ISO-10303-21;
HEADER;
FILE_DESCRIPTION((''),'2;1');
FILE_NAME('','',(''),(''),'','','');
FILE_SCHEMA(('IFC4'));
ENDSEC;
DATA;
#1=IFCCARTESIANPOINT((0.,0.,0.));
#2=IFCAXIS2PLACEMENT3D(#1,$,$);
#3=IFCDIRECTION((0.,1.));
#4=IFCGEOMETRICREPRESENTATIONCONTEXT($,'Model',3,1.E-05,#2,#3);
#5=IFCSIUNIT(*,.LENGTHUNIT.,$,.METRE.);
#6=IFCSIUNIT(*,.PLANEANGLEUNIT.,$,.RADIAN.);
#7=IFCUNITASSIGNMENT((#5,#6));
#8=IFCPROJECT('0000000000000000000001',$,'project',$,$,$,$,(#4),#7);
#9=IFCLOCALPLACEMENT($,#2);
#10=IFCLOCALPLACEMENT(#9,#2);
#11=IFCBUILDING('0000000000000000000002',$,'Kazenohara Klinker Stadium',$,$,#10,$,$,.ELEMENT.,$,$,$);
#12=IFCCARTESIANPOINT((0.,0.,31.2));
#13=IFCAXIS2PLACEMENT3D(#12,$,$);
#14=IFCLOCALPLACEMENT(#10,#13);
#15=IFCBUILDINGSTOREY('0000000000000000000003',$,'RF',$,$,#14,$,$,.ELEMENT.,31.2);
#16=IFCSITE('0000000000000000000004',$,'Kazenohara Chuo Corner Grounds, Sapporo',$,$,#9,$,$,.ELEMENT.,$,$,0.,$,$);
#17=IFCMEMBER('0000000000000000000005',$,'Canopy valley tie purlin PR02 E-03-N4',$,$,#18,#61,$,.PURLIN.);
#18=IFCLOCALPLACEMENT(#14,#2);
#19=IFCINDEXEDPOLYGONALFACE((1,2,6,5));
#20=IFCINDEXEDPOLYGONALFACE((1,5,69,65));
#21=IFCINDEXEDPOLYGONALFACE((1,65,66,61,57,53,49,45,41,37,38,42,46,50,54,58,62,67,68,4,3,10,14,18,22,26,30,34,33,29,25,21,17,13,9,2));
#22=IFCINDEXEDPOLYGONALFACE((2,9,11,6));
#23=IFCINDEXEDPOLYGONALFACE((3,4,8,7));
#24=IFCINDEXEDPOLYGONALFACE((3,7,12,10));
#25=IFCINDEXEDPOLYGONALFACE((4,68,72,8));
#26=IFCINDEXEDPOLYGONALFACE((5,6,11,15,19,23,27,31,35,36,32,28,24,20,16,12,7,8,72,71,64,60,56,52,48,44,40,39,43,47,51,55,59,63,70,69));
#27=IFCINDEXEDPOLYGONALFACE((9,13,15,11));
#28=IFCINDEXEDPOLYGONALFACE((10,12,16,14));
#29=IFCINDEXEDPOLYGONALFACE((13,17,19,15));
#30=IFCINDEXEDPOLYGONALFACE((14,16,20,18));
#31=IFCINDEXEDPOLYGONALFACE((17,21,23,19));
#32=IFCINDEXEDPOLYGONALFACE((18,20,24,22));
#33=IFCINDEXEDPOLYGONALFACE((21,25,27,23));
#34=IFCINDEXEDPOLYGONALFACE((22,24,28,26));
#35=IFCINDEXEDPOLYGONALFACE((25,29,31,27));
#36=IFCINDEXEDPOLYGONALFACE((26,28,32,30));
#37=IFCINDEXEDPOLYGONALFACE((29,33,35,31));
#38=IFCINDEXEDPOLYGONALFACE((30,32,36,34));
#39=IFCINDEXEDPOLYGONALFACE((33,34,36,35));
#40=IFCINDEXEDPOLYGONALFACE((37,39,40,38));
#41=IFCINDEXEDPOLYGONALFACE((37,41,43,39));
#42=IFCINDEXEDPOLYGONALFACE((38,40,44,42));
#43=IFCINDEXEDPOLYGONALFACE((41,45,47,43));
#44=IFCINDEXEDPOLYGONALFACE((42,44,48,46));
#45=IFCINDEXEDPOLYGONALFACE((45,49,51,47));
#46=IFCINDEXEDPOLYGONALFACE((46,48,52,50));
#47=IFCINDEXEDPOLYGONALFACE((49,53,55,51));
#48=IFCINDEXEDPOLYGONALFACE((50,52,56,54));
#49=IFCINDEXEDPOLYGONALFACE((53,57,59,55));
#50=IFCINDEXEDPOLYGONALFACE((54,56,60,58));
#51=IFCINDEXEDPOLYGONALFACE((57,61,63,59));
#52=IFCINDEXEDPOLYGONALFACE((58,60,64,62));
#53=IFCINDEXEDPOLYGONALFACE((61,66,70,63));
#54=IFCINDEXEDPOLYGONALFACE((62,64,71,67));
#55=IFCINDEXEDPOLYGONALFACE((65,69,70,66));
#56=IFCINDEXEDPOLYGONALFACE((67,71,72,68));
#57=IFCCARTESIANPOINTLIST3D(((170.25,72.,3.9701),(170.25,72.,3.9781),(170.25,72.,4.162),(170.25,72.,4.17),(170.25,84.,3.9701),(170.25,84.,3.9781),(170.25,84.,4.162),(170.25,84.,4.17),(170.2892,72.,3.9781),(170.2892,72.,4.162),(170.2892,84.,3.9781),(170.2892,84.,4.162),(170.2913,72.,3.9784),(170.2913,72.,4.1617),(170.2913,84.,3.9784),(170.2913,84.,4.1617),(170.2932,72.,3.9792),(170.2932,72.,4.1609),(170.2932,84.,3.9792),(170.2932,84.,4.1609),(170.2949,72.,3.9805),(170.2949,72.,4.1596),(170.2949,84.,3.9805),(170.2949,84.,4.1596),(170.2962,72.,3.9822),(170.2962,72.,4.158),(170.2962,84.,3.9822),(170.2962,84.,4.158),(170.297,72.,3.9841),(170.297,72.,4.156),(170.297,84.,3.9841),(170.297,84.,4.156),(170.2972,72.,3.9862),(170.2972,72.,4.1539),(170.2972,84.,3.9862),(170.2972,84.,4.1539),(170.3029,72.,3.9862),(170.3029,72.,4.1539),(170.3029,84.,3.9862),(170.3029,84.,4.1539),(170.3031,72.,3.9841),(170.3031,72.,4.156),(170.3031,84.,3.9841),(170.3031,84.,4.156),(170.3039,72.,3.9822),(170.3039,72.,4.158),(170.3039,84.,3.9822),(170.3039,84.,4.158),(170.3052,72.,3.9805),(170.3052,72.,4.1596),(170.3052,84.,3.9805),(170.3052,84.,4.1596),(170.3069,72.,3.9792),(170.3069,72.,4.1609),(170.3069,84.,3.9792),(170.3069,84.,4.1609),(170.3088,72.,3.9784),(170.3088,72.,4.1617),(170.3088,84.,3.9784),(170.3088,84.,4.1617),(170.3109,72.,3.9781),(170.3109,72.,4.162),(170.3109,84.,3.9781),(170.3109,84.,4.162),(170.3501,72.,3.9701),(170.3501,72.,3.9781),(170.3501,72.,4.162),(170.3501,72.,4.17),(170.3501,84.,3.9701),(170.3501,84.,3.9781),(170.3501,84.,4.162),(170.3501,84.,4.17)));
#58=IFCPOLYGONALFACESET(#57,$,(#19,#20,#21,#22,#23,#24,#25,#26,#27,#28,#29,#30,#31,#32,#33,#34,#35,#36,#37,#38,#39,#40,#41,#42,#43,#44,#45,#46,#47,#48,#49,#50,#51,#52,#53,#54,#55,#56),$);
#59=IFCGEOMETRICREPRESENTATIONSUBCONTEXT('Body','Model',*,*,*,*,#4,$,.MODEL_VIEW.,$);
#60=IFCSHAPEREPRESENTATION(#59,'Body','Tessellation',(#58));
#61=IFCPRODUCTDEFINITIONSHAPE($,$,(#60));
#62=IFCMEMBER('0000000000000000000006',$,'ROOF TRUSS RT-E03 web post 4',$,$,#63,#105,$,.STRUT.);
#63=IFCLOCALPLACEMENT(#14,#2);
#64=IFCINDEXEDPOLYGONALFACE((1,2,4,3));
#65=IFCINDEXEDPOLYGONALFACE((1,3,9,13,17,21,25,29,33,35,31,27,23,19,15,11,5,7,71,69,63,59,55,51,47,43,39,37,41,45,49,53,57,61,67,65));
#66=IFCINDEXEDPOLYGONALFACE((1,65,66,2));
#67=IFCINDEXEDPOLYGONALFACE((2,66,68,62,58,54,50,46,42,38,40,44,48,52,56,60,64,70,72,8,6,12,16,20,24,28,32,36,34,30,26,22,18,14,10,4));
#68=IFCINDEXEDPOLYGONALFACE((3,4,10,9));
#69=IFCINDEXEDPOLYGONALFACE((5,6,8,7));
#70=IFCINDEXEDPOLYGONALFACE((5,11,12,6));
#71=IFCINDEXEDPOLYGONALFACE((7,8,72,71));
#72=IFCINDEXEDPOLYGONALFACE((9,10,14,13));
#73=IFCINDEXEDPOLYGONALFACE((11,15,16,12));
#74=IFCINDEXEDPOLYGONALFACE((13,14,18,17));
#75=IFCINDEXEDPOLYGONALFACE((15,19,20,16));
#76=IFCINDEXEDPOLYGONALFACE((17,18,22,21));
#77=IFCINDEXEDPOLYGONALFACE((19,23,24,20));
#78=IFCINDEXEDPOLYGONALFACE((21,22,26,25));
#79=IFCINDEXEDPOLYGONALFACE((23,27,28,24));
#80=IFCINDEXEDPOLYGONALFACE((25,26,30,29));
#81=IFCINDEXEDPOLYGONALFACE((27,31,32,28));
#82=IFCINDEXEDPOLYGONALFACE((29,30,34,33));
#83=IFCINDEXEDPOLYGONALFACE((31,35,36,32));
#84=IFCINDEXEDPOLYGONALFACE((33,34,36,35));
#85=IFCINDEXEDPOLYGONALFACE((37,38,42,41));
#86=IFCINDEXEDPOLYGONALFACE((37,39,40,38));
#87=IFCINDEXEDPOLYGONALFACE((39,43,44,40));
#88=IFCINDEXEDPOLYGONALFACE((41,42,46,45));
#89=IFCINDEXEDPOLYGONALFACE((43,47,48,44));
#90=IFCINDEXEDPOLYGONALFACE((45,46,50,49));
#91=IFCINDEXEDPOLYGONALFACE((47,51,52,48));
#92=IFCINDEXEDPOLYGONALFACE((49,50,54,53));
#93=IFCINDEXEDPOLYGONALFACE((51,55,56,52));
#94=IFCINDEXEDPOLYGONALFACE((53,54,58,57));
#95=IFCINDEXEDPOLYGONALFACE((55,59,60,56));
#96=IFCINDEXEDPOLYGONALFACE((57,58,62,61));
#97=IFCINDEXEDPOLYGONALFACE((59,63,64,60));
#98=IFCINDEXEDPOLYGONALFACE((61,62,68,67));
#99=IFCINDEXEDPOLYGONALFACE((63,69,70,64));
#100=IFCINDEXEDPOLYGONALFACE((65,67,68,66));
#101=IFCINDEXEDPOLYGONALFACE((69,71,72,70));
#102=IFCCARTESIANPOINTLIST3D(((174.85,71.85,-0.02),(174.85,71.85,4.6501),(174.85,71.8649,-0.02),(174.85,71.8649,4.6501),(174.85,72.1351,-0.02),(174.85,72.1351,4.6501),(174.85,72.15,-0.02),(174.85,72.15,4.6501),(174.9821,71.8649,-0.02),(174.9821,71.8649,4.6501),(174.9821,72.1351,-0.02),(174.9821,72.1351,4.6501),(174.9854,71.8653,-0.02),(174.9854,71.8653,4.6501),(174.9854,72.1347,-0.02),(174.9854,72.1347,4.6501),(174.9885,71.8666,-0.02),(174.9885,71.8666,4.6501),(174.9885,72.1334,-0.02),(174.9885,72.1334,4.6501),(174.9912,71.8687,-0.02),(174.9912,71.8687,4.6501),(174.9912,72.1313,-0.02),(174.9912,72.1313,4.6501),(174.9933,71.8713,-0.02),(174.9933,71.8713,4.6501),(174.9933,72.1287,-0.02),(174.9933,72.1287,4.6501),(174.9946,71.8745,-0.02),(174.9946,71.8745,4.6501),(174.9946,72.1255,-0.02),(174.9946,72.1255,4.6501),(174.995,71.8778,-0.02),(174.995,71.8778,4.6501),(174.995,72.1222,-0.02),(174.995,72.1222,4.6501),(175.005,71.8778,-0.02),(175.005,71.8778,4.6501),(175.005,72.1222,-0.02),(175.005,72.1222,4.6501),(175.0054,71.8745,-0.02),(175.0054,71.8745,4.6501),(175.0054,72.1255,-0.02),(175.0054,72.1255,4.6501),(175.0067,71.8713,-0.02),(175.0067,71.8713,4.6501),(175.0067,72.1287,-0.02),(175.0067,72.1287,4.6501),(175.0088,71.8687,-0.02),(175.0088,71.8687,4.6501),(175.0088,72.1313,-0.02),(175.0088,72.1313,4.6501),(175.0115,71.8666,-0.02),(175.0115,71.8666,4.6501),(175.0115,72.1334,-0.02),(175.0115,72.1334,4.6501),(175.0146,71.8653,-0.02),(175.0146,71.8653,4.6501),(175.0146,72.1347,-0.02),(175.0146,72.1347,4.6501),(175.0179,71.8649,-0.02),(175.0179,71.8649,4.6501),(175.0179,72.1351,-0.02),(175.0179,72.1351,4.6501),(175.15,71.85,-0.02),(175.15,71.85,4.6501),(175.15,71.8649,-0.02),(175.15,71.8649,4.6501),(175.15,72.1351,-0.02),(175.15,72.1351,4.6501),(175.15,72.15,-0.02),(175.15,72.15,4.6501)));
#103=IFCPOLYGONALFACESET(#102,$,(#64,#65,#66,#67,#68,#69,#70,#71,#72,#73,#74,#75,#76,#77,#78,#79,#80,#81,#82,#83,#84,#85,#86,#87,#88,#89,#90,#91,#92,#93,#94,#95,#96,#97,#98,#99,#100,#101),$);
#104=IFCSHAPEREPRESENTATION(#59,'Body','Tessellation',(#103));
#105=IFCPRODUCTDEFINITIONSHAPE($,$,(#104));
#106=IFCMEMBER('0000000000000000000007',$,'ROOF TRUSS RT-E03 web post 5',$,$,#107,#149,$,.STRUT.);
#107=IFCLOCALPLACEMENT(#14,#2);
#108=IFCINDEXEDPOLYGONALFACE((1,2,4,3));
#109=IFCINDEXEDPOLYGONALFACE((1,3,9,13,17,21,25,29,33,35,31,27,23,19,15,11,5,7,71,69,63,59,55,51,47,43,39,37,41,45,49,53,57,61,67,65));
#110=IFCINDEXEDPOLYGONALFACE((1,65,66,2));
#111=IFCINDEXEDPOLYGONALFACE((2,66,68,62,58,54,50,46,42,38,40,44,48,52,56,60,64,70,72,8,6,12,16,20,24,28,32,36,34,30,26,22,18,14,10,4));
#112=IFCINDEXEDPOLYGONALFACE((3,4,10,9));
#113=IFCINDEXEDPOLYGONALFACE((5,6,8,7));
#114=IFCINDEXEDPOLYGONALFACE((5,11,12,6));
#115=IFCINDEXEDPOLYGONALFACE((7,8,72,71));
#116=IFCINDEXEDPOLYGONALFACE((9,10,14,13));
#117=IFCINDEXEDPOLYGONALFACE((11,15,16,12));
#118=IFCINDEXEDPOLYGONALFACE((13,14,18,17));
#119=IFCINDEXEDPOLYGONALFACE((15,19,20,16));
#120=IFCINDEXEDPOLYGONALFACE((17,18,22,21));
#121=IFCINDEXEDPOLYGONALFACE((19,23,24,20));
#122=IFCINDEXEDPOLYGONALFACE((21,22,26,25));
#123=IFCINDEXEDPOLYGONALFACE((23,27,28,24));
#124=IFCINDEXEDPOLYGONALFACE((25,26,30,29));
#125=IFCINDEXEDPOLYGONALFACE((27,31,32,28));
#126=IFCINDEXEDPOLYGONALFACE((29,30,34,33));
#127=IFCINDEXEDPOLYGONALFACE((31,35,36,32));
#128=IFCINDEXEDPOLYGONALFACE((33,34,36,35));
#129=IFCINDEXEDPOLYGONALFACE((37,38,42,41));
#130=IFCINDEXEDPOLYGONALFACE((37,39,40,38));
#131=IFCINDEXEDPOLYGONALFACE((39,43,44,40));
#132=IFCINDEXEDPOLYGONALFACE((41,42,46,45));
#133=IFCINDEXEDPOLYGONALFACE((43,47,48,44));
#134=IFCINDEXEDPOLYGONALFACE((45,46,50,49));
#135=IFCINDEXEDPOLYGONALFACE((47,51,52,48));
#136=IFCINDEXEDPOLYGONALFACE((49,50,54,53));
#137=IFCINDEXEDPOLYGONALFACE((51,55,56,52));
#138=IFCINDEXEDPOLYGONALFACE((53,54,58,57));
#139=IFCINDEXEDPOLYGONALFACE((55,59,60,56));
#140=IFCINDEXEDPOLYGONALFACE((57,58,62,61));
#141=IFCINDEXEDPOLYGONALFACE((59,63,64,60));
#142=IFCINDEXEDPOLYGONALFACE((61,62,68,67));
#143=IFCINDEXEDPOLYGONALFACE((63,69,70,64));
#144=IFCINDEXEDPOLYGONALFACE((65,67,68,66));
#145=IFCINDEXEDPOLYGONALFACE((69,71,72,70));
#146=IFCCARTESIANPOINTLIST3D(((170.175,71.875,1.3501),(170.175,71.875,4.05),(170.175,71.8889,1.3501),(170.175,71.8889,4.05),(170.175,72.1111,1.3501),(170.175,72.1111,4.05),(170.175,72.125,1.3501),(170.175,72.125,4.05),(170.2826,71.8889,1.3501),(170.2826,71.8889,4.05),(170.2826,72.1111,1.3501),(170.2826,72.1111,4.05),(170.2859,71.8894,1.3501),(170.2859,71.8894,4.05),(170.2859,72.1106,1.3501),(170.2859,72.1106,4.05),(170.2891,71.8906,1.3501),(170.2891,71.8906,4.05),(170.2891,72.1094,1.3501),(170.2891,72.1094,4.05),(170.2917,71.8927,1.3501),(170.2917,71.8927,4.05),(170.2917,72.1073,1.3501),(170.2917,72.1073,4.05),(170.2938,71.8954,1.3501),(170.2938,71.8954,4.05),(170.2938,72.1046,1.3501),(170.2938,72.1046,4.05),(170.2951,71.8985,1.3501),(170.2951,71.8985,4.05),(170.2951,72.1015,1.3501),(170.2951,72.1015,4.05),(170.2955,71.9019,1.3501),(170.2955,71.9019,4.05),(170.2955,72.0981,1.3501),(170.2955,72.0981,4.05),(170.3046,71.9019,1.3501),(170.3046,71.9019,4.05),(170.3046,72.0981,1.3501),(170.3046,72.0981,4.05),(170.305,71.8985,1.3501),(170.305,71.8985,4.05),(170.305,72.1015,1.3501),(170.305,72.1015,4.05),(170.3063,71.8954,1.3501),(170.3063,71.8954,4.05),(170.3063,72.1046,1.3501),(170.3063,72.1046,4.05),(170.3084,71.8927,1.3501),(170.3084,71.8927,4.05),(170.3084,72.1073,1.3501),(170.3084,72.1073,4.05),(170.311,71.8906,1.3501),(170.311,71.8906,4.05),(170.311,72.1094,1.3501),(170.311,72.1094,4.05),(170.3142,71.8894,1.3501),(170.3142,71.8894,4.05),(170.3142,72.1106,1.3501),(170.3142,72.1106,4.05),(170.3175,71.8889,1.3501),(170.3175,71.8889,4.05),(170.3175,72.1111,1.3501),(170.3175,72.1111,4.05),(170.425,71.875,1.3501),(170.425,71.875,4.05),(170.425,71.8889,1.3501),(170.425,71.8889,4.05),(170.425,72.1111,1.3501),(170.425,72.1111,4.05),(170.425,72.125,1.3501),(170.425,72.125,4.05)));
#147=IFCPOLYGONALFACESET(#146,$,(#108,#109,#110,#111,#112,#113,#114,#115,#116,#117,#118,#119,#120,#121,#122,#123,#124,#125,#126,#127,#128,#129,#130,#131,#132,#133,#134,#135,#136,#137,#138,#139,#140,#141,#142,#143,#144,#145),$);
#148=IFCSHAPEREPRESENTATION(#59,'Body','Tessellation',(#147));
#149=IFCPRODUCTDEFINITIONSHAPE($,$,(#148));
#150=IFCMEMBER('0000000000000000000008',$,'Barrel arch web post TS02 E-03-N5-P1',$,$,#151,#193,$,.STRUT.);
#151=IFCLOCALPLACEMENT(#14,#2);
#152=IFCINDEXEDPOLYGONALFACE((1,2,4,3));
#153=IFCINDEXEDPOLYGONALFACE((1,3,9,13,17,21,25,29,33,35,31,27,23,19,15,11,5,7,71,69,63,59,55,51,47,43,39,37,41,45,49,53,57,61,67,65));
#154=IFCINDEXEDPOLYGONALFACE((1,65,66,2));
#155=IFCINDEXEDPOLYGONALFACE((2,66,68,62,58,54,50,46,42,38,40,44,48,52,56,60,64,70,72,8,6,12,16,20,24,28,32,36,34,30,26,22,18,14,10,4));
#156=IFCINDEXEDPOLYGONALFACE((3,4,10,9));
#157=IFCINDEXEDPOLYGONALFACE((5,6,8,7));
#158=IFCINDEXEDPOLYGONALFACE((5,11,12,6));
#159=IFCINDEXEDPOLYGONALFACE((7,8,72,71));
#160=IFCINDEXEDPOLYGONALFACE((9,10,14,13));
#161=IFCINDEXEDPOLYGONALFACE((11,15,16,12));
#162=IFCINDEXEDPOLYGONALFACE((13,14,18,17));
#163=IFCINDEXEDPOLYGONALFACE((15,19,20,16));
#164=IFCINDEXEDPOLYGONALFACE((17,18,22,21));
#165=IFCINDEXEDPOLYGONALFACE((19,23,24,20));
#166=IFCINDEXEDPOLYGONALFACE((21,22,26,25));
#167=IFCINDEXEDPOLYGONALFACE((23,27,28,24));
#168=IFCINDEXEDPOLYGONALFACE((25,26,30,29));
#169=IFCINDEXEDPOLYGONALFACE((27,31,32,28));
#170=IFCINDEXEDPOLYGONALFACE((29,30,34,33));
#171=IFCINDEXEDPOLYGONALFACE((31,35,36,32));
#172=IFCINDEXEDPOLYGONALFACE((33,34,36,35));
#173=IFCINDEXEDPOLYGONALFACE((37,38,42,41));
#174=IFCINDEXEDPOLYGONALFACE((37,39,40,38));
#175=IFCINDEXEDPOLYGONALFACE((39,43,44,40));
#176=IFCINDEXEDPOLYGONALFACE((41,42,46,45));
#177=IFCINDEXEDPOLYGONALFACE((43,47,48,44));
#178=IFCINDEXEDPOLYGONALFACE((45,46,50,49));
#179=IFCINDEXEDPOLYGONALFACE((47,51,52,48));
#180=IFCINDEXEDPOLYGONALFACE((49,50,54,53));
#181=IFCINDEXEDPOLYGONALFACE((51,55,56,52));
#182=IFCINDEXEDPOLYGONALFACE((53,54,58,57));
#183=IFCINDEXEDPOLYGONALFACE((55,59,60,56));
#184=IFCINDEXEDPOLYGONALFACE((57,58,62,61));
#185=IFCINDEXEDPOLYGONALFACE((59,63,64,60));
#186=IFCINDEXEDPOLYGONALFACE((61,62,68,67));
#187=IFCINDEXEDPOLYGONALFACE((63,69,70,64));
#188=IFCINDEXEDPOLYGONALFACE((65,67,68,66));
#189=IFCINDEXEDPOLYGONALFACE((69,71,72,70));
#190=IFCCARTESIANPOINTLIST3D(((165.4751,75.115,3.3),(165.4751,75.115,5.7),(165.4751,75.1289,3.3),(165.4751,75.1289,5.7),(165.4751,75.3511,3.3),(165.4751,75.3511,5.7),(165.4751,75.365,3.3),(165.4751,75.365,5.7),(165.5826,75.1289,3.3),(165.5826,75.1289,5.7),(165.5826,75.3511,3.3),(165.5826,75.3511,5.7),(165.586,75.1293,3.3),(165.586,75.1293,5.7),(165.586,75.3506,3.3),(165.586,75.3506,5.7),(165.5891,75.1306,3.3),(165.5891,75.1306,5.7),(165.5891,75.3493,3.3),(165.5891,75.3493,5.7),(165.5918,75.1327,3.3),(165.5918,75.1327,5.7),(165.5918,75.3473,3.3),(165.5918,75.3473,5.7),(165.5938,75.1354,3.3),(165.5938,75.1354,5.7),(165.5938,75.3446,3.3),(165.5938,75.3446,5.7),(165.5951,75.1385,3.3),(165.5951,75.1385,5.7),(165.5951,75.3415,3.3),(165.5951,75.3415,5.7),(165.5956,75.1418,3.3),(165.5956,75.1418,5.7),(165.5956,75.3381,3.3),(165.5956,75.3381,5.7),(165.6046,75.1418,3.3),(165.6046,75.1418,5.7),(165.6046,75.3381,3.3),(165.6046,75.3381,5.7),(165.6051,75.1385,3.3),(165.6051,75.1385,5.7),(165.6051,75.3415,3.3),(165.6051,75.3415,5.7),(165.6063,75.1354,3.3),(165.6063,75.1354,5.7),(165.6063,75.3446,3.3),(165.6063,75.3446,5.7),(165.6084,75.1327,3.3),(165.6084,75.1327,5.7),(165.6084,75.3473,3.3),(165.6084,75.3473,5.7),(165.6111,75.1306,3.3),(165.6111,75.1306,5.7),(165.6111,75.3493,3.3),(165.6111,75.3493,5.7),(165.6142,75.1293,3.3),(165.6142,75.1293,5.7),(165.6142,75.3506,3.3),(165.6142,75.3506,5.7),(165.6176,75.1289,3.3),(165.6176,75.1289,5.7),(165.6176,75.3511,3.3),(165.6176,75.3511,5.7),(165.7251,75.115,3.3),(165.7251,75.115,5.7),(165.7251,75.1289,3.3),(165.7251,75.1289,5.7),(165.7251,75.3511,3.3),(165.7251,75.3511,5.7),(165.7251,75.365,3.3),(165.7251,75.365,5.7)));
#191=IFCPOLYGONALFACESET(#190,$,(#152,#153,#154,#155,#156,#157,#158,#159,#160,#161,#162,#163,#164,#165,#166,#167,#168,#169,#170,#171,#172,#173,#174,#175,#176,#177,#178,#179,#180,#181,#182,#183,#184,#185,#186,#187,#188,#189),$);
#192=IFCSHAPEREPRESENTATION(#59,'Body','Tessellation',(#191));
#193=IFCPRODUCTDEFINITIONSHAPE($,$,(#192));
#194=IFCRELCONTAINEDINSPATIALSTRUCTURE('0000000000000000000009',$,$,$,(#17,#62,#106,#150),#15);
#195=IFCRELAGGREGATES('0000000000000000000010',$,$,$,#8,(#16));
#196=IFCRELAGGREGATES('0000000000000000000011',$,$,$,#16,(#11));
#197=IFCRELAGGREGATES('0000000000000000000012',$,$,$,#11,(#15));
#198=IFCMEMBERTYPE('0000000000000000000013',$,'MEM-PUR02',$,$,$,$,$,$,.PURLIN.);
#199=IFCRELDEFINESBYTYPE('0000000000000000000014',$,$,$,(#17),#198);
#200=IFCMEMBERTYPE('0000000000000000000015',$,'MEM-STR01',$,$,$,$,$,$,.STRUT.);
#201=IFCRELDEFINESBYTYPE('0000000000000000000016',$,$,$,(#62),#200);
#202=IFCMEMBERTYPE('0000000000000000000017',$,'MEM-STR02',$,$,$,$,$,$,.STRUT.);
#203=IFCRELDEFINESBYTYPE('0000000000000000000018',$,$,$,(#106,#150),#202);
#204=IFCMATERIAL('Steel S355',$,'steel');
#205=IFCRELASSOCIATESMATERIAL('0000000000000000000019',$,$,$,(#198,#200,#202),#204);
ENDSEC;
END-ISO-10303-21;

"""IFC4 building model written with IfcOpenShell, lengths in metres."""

from ifc_helpers import new_model, si_unit, direction, frame, origin, origin_2d, place, context, subcontext, project, spatial, i_section, extrude, material, material_profile, profile_set, type_object, element, save


model = new_model("IFC4")

# Units and contexts
model_context = context("Model", 3, precision=1e-05, world=origin(), true_north=direction((0.0, 1.0)))
body_context = subcontext(model_context, "Body", "Model", "MODEL_VIEW")
ifc_project = project(units=[si_unit("LENGTHUNIT", "METRE"), si_unit("PLANEANGLEUNIT", "RADIAN")], contexts=[model_context])

# Site, building, storey
site_placement = place(None, origin())
site = spatial("IfcSite", under=ifc_project, at=site_placement, Name="Kazenohara Chuo Corner Grounds, Sapporo", CompositionType="ELEMENT", RefElevation=0.0)
building_placement = place(site_placement, origin())
building = spatial("IfcBuilding", under=site, at=building_placement, Name="Kazenohara Klinker Stadium", CompositionType="ELEMENT")
storey_placement = place(building_placement, frame((0.0, 0.0, 31.2)))
storey = spatial("IfcBuildingStorey", under=building, at=storey_placement, Name="RF", CompositionType="ELEMENT", Elevation=31.2)

# Members
ifc_material_1 = material(Name="Steel S355", Category="steel")
ifc_material_profile_1 = material_profile(ifc_material_1, i_section(OverallWidth=0.1001, OverallDepth=0.2, WebThickness=0.0056, FlangeThickness=0.0081, FilletRadius=0.0081, at=origin_2d()), Name="H-200x100x5.5x8")
ifc_profile_set_1 = profile_set([ifc_material_profile_1], Name="Steel S355")
member_type_1 = type_object("IfcMemberType", Name="MEM-PUR02", PredefinedType="PURLIN", material=ifc_profile_set_1)
member_1_placement = place(storey_placement, frame((170.3, 72.0, 4.0701), z_axis=(0.0, 1.0, 0.0), x_axis=(-1.0, 0.0, 0.0)))
element("IfcMember", 1, at=member_1_placement, inside=storey, type_object=member_type_1, Name="Canopy valley tie purlin PR02 E-03-N4", PredefinedType="PURLIN", context=body_context, shape_type="SweptSolid", body=[
    extrude(i_section(OverallWidth=0.1001, OverallDepth=0.2, WebThickness=0.0056, FlangeThickness=0.0081, FilletRadius=0.0081, at=origin_2d()), origin(), (0.0, 0.0, 1.0), 12.0),
])
ifc_material_profile_2 = material_profile(ifc_material_1, i_section(OverallWidth=0.3, OverallDepth=0.3, WebThickness=0.01, FlangeThickness=0.0149, FilletRadius=0.0129, at=origin_2d()), Name="H-300x300x10x15")
ifc_profile_set_2 = profile_set([ifc_material_profile_2], Name="Steel S355")
member_type_2 = type_object("IfcMemberType", Name="MEM-STR01", PredefinedType="STRUT", material=ifc_profile_set_2)
member_2_placement = place(storey_placement, frame((175.0, 72.0, -0.02), z_axis=(0.0, 0.0, 1.0), x_axis=(1.0, 0.0, 0.0)))
element("IfcMember", 2, at=member_2_placement, inside=storey, type_object=member_type_2, Name="ROOF TRUSS RT-E03 web post 4", PredefinedType="STRUT", context=body_context, shape_type="SweptSolid", body=[
    extrude(i_section(OverallWidth=0.3, OverallDepth=0.3, WebThickness=0.01, FlangeThickness=0.0149, FilletRadius=0.0129, at=origin_2d()), origin(), (0.0, 0.0, 1.0), 4.6702),
])
ifc_material_profile_3 = material_profile(ifc_material_1, i_section(OverallWidth=0.25, OverallDepth=0.25, WebThickness=0.009, FlangeThickness=0.0139, FilletRadius=0.0129, at=origin_2d()), Name="H-250x250x9x14")
ifc_profile_set_3 = profile_set([ifc_material_profile_3], Name="Steel S355")
member_type_3 = type_object("IfcMemberType", Name="MEM-STR02", PredefinedType="STRUT", material=ifc_profile_set_3)
member_3_placement = place(storey_placement, frame((170.3, 72.0, 1.3501), z_axis=(0.0, 0.0, 1.0), x_axis=(1.0, 0.0, 0.0)))
element("IfcMember", 3, at=member_3_placement, inside=storey, type_object=member_type_3, Name="ROOF TRUSS RT-E03 web post 5", PredefinedType="STRUT", context=body_context, shape_type="SweptSolid", body=[
    extrude(i_section(OverallWidth=0.25, OverallDepth=0.25, WebThickness=0.009, FlangeThickness=0.0139, FilletRadius=0.0129, at=origin_2d()), origin(), (0.0, 0.0, 1.0), 2.7),
])
member_4_placement = place(storey_placement, frame((165.6001, 75.24, 3.3), z_axis=(0.0, 0.0, 1.0), x_axis=(1.0, 0.0, 0.0)))
element("IfcMember", 4, at=member_4_placement, inside=storey, type_object=member_type_3, Name="Barrel arch web post TS02 E-03-N5-P1", PredefinedType="STRUT", context=body_context, shape_type="SweptSolid", body=[
    extrude(i_section(OverallWidth=0.25, OverallDepth=0.25, WebThickness=0.009, FlangeThickness=0.0139, FilletRadius=0.0129, at=origin_2d()), origin(), (0.0, 0.0, 1.0), 2.3999),
])

save(model, "model.ifc")
